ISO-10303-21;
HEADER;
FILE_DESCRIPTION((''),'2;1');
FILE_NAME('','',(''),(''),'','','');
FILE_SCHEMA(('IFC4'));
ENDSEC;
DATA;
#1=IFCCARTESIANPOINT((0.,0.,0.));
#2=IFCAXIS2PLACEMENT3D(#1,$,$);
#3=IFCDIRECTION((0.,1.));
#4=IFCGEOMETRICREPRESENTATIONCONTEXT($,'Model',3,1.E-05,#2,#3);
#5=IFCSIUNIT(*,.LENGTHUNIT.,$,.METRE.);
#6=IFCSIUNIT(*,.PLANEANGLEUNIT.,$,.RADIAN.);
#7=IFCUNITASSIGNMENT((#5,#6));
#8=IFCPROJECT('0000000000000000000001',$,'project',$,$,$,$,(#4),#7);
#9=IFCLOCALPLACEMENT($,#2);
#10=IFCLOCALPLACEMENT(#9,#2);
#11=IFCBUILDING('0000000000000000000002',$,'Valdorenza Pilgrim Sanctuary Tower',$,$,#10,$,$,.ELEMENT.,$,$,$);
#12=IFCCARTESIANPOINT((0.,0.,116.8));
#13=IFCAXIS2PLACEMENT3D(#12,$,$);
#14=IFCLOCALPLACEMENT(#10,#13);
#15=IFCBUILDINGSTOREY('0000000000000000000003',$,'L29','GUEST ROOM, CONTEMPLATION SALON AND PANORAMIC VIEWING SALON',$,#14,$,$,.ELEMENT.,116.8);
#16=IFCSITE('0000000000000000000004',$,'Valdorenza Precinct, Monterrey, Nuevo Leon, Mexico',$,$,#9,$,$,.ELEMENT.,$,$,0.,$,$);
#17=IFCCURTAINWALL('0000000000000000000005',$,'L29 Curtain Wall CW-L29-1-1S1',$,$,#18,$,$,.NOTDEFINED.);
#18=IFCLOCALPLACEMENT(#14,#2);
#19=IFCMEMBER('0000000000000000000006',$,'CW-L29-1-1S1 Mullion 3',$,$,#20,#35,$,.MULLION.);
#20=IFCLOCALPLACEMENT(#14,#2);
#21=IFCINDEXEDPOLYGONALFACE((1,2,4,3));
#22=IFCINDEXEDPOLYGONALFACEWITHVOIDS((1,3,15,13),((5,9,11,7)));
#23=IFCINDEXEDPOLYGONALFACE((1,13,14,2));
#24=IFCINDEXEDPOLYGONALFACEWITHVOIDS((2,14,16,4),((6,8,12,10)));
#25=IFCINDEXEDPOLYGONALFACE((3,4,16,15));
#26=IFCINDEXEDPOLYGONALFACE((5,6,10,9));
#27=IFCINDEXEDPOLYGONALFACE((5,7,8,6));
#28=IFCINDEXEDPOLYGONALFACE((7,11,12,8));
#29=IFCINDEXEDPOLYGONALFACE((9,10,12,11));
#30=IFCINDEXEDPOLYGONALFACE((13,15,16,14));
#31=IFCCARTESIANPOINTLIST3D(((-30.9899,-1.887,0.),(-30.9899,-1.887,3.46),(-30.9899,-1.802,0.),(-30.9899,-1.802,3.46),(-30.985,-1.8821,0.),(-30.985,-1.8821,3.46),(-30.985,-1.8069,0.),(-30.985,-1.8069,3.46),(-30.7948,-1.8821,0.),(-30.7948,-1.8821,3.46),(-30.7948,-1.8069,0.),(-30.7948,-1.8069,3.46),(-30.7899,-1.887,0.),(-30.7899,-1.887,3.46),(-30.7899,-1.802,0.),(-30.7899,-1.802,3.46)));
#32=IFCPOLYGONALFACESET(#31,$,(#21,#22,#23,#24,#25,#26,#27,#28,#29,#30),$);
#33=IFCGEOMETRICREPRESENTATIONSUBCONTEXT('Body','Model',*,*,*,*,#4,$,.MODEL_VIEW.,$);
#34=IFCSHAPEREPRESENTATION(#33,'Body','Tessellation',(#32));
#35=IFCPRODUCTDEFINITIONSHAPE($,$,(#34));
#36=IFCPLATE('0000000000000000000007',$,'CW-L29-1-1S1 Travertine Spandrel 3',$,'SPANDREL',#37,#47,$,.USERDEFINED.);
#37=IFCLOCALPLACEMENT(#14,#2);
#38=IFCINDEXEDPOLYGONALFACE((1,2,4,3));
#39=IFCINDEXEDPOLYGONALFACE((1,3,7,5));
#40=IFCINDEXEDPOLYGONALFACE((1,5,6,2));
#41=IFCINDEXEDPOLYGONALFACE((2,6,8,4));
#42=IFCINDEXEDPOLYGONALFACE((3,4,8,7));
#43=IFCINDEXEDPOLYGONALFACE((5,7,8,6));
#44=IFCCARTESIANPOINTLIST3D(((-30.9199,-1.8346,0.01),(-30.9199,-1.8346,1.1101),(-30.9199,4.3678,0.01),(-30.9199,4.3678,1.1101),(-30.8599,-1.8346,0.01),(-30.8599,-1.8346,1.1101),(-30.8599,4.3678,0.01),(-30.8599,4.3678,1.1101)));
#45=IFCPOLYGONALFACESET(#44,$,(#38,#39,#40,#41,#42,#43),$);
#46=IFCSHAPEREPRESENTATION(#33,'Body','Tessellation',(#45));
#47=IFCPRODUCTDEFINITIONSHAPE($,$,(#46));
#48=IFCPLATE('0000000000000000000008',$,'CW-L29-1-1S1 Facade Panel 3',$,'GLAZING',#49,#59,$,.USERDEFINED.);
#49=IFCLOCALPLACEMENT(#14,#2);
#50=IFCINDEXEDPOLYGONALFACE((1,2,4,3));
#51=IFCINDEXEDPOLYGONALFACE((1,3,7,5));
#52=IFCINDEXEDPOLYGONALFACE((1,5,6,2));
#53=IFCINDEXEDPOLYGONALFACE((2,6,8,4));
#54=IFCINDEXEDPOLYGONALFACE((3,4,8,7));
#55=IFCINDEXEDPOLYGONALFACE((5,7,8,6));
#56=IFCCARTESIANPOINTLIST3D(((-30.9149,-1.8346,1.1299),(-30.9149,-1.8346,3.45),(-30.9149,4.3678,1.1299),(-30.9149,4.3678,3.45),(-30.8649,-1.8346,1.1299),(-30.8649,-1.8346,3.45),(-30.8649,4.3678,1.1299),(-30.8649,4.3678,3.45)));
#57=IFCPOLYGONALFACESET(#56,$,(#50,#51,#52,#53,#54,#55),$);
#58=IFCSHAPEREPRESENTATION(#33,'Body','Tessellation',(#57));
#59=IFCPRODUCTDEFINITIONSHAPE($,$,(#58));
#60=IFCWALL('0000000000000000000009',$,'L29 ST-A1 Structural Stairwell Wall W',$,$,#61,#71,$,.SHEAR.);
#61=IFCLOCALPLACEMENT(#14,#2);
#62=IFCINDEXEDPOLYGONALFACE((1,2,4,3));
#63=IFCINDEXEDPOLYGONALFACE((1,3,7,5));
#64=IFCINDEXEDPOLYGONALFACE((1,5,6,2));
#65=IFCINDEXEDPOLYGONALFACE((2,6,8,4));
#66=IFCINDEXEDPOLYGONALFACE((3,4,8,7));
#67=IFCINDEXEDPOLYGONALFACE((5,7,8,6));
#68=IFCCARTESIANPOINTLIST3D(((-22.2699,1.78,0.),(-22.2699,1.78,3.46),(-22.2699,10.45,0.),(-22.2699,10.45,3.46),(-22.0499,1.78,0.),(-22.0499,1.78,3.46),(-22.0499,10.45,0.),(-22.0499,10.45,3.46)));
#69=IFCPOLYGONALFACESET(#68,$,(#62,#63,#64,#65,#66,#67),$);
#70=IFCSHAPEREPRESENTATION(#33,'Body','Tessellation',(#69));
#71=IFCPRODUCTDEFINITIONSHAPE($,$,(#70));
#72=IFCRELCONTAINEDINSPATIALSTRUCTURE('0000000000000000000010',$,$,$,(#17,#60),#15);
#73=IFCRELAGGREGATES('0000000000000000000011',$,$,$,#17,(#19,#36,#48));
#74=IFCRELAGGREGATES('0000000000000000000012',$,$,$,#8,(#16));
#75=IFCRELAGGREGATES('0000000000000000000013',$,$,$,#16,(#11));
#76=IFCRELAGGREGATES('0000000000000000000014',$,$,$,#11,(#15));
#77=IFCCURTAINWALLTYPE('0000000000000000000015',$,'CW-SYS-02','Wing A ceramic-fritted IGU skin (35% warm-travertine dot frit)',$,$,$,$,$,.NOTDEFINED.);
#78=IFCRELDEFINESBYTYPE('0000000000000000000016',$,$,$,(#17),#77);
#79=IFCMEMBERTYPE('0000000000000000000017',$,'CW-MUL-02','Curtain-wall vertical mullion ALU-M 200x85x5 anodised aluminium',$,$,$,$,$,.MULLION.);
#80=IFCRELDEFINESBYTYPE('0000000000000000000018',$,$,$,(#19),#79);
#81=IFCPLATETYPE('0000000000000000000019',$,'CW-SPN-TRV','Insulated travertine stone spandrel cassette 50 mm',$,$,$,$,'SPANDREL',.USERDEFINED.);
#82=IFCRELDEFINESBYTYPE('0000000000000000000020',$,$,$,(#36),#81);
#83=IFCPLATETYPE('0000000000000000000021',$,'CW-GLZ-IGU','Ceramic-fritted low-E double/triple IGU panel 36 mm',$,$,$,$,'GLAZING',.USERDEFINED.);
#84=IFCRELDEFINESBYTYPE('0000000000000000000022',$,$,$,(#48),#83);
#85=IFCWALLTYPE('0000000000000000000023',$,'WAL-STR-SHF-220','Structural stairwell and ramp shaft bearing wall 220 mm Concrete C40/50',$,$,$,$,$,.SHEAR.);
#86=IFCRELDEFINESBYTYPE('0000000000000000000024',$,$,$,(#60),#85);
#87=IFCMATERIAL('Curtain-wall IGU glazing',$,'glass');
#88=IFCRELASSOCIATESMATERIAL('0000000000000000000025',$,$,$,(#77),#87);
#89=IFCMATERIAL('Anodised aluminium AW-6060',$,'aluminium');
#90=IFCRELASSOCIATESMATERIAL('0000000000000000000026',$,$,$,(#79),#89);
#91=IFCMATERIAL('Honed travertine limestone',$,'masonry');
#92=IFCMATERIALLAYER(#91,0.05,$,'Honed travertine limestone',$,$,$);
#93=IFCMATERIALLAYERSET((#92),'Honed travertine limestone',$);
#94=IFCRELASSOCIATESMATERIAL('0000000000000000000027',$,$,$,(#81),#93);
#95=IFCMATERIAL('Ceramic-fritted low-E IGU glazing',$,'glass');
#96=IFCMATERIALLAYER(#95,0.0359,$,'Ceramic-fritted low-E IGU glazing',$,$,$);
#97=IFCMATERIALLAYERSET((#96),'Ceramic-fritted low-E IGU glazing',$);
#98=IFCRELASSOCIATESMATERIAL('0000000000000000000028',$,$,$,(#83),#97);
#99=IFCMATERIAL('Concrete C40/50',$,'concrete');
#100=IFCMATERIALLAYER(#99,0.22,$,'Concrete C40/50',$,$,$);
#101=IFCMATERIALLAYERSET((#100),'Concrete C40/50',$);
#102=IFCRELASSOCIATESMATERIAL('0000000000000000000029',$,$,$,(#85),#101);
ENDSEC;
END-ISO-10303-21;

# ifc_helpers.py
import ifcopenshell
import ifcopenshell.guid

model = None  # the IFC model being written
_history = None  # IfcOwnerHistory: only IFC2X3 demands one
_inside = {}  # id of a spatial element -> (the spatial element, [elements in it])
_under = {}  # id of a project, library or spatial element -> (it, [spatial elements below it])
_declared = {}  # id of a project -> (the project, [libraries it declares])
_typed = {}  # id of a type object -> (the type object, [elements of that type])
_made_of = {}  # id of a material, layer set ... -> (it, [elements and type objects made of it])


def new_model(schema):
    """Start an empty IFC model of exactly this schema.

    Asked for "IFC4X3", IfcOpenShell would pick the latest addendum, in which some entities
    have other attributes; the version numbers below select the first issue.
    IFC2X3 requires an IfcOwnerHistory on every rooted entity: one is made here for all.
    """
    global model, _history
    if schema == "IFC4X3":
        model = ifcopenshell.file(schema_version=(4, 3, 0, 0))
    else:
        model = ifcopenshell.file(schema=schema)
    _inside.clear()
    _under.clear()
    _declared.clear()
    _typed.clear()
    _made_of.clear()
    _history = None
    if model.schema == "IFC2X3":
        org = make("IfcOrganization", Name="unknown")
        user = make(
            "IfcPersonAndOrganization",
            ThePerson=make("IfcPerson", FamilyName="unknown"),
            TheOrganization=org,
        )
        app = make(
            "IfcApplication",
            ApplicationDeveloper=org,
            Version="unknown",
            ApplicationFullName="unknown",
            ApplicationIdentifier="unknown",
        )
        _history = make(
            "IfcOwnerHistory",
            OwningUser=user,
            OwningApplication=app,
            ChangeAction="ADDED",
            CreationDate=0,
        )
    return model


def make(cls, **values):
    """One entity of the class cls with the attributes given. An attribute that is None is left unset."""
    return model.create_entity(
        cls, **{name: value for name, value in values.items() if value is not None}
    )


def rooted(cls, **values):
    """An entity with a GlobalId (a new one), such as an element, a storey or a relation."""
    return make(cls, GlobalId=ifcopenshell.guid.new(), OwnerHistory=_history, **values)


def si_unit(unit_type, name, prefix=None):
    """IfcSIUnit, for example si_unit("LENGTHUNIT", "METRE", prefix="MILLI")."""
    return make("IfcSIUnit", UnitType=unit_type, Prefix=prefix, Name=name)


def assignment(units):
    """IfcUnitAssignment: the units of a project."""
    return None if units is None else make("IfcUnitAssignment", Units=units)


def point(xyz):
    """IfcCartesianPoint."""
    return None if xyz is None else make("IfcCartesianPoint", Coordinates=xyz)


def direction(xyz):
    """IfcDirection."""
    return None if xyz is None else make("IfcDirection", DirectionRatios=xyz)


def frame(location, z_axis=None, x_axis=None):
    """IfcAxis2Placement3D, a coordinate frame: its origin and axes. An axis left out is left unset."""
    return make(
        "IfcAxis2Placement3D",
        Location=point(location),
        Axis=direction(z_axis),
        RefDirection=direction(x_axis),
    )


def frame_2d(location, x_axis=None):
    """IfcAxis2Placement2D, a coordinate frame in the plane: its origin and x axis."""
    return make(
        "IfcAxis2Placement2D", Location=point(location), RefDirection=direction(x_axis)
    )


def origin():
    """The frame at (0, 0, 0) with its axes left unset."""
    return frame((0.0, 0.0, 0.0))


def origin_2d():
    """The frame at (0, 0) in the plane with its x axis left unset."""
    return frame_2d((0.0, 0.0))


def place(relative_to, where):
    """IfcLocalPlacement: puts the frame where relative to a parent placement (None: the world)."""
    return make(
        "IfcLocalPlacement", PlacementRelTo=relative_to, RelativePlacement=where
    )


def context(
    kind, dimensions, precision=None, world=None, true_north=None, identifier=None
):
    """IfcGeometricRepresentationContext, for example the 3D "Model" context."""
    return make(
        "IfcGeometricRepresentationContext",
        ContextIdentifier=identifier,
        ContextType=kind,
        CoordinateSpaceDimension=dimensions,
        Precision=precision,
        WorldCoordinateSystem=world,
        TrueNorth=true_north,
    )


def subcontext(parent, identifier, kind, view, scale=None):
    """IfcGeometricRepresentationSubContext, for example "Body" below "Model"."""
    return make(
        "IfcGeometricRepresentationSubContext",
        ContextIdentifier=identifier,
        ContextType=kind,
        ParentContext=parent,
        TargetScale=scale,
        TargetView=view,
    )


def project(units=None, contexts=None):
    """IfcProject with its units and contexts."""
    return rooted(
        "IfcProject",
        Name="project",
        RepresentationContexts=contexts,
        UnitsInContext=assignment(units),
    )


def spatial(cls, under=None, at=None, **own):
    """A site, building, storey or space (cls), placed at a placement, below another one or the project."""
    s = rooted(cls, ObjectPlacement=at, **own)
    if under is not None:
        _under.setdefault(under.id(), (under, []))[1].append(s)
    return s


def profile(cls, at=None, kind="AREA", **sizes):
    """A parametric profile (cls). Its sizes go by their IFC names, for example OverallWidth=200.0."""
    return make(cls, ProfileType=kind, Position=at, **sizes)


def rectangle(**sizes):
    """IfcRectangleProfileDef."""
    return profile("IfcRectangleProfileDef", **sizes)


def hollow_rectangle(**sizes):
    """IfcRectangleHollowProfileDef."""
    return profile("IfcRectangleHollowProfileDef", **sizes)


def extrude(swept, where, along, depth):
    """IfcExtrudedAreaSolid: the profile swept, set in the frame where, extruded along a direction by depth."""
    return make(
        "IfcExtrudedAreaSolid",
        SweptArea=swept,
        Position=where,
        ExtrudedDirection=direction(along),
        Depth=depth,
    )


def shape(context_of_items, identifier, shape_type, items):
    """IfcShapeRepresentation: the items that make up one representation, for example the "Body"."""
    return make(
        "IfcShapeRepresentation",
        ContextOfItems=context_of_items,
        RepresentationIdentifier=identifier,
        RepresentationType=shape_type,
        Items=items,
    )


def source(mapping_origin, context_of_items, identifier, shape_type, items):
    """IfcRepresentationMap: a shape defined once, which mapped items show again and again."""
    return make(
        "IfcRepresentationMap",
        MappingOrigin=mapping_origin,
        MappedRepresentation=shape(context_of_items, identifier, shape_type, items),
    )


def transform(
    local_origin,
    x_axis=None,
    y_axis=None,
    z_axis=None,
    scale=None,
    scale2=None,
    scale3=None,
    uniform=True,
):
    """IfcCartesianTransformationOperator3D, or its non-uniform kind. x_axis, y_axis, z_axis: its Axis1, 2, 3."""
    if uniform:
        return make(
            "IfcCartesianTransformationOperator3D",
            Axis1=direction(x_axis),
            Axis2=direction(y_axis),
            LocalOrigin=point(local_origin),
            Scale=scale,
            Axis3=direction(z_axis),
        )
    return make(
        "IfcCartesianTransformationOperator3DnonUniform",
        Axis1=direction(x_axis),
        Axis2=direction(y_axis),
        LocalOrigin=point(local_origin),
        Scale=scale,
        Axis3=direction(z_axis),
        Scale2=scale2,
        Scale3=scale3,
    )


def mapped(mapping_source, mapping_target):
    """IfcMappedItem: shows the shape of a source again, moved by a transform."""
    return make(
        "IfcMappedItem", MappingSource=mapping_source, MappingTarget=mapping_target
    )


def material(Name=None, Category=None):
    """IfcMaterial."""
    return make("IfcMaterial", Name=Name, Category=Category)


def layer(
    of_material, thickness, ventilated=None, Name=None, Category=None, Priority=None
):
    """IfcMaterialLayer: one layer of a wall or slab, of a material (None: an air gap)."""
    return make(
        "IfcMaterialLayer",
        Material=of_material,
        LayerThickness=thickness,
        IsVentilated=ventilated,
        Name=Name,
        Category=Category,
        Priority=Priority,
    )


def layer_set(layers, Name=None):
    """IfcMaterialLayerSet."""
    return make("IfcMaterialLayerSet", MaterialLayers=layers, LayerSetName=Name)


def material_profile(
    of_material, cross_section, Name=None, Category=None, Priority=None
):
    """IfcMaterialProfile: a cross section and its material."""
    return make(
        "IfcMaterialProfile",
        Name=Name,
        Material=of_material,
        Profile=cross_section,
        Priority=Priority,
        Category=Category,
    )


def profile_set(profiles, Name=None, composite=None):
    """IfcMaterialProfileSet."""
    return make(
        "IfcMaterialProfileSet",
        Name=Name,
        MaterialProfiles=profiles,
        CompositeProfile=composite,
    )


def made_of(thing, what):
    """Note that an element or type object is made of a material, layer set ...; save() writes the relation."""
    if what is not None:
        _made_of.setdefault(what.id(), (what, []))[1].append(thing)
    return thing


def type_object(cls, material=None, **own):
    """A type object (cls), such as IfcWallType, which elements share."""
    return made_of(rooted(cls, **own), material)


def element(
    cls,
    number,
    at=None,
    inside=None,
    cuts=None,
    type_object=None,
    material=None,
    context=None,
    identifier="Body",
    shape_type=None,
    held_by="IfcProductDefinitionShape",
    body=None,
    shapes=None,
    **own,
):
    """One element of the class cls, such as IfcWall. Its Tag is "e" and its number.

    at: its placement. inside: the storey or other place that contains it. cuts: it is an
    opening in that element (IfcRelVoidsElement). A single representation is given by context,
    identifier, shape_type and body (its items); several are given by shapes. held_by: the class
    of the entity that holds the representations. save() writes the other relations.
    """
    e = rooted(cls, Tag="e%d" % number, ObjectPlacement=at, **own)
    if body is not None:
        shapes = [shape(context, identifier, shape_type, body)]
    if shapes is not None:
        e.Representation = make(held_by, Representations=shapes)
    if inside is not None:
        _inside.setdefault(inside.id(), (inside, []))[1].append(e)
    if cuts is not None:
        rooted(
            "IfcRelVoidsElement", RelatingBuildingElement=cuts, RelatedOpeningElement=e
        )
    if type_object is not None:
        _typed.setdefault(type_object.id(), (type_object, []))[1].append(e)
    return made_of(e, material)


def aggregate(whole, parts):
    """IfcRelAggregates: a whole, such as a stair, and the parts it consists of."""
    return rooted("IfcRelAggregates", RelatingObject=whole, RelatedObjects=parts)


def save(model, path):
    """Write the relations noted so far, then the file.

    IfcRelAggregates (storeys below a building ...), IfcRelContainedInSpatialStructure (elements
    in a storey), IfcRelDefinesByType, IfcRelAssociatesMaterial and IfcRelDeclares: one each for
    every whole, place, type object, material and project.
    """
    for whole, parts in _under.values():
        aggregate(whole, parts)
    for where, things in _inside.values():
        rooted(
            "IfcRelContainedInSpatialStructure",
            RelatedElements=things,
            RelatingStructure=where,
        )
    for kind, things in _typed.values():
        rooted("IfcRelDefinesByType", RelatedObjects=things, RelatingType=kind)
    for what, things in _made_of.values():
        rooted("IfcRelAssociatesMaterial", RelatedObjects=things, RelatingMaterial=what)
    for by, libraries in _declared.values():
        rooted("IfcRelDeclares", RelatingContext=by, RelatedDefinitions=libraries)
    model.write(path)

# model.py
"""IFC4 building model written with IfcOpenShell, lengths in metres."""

from ifc_helpers import new_model, si_unit, direction, frame, frame_2d, origin, origin_2d, place, context, subcontext, project, spatial, rectangle, hollow_rectangle, extrude, source, transform, mapped, material, layer, layer_set, material_profile, profile_set, type_object, element, aggregate, save


model = new_model("IFC4")

# Units and contexts
model_context = context("Model", 3, precision=1e-05, world=origin(), true_north=direction((0.0, 1.0)))
body_context = subcontext(model_context, "Body", "Model", "MODEL_VIEW")
ifc_project = project(units=[si_unit("LENGTHUNIT", "METRE"), si_unit("PLANEANGLEUNIT", "RADIAN")], contexts=[model_context])

# Site, building, storey
site_placement = place(None, origin())
site = spatial("IfcSite", under=ifc_project, at=site_placement, Name="Valdorenza Precinct, Monterrey, Nuevo Leon, Mexico", CompositionType="ELEMENT", RefElevation=0.0)
building_placement = place(site_placement, origin())
building = spatial("IfcBuilding", under=site, at=building_placement, Name="Valdorenza Pilgrim Sanctuary Tower", CompositionType="ELEMENT")
storey_placement = place(building_placement, frame((0.0, 0.0, 116.8)))
storey = spatial("IfcBuildingStorey", under=building, at=storey_placement, Name="L29", Description="GUEST ROOM, CONTEMPLATION SALON AND PANORAMIC VIEWING SALON", CompositionType="ELEMENT", Elevation=116.8)

# Curtain wall, member, plates
ifc_material_1 = material(Name="Curtain-wall IGU glazing", Category="glass")
curtain_wall_type = type_object("IfcCurtainWallType", Name="CW-SYS-02", Description="Wing A ceramic-fritted IGU skin (35% warm-travertine dot frit)", PredefinedType="NOTDEFINED", material=ifc_material_1)
curtain_wall_placement = place(storey_placement, origin())
curtain_wall = element("IfcCurtainWall", 1, at=curtain_wall_placement, inside=storey, type_object=curtain_wall_type, Name="L29 Curtain Wall CW-L29-1-1S1", PredefinedType="NOTDEFINED")
ifc_material_2 = material(Name="Anodised aluminium AW-6060", Category="aluminium")
ifc_material_profile_1 = material_profile(ifc_material_2, hollow_rectangle(XDim=0.085, YDim=0.2, WallThickness=0.0049, at=origin_2d()), Name="ALU-M 200x85x5")
ifc_profile_set_1 = profile_set([ifc_material_profile_1], Name="Anodised aluminium AW-6060")
member_type = type_object("IfcMemberType", Name="CW-MUL-02", Description="Curtain-wall vertical mullion ALU-M 200x85x5 anodised aluminium", PredefinedType="MULLION", material=ifc_profile_set_1)
shared_shape_1 = source(origin(), body_context, "Body", "SweptSolid", [
    extrude(hollow_rectangle(XDim=0.085, YDim=0.2, WallThickness=0.0049, at=origin_2d()), origin(), (0.0, 0.0, 1.0), 3.46),
])
member_placement = place(storey_placement, frame((-30.8899, -1.8445, 0.0), z_axis=(0.0, 0.0, 1.0), x_axis=(0.0, 1.0, 0.0)))
member = element("IfcMember", 2, at=member_placement, type_object=member_type, Name="CW-L29-1-1S1 Mullion 3", PredefinedType="MULLION", context=body_context, shape_type="MappedRepresentation", body=[
    mapped(shared_shape_1, transform((0.0, 0.0, 0.0), x_axis=(1.0, 0.0, 0.0), y_axis=(0.0, 1.0, 0.0), z_axis=(0.0, 0.0, 1.0), scale=1.0)),
])
ifc_material_3 = material(Name="Honed travertine limestone", Category="masonry")
ifc_layer_1 = layer(ifc_material_3, 0.05, Name="Honed travertine limestone")
ifc_layer_set_1 = layer_set([ifc_layer_1], Name="Honed travertine limestone")
plate_type_1 = type_object("IfcPlateType", Name="CW-SPN-TRV", Description="Insulated travertine stone spandrel cassette 50 mm", ElementType="SPANDREL", PredefinedType="USERDEFINED", material=ifc_layer_set_1)
shared_shape_2 = source(origin(), body_context, "Body", "SweptSolid", [
    extrude(rectangle(XDim=6.2024, YDim=0.0601, at=origin_2d()), origin(), (0.0, 0.0, 1.0), 1.1001),
])
plate_1_placement = place(storey_placement, frame((-30.8899, 1.2666, 0.01), z_axis=(0.0, 0.0, 1.0), x_axis=(0.0, 1.0, 0.0)))
plate_1 = element("IfcPlate", 3, at=plate_1_placement, type_object=plate_type_1, Name="CW-L29-1-1S1 Travertine Spandrel 3", ObjectType="SPANDREL", PredefinedType="USERDEFINED", context=body_context, shape_type="MappedRepresentation", body=[
    mapped(shared_shape_2, transform((0.0, 0.0, 0.0), x_axis=(1.0, 0.0, 0.0), y_axis=(0.0, 1.0, 0.0), z_axis=(0.0, 0.0, 1.0), scale=1.0)),
])
ifc_material_4 = material(Name="Ceramic-fritted low-E IGU glazing", Category="glass")
ifc_layer_2 = layer(ifc_material_4, 0.0359, Name="Ceramic-fritted low-E IGU glazing")
ifc_layer_set_2 = layer_set([ifc_layer_2], Name="Ceramic-fritted low-E IGU glazing")
plate_type_2 = type_object("IfcPlateType", Name="CW-GLZ-IGU", Description="Ceramic-fritted low-E double/triple IGU panel 36 mm", ElementType="GLAZING", PredefinedType="USERDEFINED", material=ifc_layer_set_2)
shared_shape_3 = source(origin(), body_context, "Body", "SweptSolid", [
    extrude(rectangle(XDim=6.2024, YDim=0.05, at=origin_2d()), origin(), (0.0, 0.0, 1.0), 2.3201),
])
plate_2_placement = place(storey_placement, frame((-30.8899, 1.2666, 1.1299), z_axis=(0.0, 0.0, 1.0), x_axis=(0.0, 1.0, 0.0)))
plate_2 = element("IfcPlate", 4, at=plate_2_placement, type_object=plate_type_2, Name="CW-L29-1-1S1 Facade Panel 3", ObjectType="GLAZING", PredefinedType="USERDEFINED", context=body_context, shape_type="MappedRepresentation", body=[
    mapped(shared_shape_3, transform((0.0, 0.0, 0.0), x_axis=(1.0, 0.0, 0.0), y_axis=(0.0, 1.0, 0.0), z_axis=(0.0, 0.0, 1.0), scale=1.0)),
])
aggregate(curtain_wall, [member, plate_1, plate_2])

# Wall
ifc_material_5 = material(Name="Concrete C40/50", Category="concrete")
ifc_layer_3 = layer(ifc_material_5, 0.22, Name="Concrete C40/50")
ifc_layer_set_3 = layer_set([ifc_layer_3], Name="Concrete C40/50")
wall_type_1 = type_object("IfcWallType", Name="WAL-STR-SHF-220", Description="Structural stairwell and ramp shaft bearing wall 220 mm Concrete C40/50", PredefinedType="SHEAR", material=ifc_layer_set_3)
wall_1_placement = place(storey_placement, frame((-22.1599, 1.78, 0.0), z_axis=(0.0, 0.0, 1.0), x_axis=(0.0, 1.0, 0.0)))
element("IfcWall", 5, at=wall_1_placement, inside=storey, type_object=wall_type_1, Name="L29 ST-A1 Structural Stairwell Wall W", PredefinedType="SHEAR", context=body_context, shape_type="SweptSolid", body=[
    extrude(rectangle(XDim=8.6699, YDim=0.22, at=frame_2d((4.335, 0.0))), origin(), (0.0, 0.0, 1.0), 3.46),
])

save(model, "model.ifc")
